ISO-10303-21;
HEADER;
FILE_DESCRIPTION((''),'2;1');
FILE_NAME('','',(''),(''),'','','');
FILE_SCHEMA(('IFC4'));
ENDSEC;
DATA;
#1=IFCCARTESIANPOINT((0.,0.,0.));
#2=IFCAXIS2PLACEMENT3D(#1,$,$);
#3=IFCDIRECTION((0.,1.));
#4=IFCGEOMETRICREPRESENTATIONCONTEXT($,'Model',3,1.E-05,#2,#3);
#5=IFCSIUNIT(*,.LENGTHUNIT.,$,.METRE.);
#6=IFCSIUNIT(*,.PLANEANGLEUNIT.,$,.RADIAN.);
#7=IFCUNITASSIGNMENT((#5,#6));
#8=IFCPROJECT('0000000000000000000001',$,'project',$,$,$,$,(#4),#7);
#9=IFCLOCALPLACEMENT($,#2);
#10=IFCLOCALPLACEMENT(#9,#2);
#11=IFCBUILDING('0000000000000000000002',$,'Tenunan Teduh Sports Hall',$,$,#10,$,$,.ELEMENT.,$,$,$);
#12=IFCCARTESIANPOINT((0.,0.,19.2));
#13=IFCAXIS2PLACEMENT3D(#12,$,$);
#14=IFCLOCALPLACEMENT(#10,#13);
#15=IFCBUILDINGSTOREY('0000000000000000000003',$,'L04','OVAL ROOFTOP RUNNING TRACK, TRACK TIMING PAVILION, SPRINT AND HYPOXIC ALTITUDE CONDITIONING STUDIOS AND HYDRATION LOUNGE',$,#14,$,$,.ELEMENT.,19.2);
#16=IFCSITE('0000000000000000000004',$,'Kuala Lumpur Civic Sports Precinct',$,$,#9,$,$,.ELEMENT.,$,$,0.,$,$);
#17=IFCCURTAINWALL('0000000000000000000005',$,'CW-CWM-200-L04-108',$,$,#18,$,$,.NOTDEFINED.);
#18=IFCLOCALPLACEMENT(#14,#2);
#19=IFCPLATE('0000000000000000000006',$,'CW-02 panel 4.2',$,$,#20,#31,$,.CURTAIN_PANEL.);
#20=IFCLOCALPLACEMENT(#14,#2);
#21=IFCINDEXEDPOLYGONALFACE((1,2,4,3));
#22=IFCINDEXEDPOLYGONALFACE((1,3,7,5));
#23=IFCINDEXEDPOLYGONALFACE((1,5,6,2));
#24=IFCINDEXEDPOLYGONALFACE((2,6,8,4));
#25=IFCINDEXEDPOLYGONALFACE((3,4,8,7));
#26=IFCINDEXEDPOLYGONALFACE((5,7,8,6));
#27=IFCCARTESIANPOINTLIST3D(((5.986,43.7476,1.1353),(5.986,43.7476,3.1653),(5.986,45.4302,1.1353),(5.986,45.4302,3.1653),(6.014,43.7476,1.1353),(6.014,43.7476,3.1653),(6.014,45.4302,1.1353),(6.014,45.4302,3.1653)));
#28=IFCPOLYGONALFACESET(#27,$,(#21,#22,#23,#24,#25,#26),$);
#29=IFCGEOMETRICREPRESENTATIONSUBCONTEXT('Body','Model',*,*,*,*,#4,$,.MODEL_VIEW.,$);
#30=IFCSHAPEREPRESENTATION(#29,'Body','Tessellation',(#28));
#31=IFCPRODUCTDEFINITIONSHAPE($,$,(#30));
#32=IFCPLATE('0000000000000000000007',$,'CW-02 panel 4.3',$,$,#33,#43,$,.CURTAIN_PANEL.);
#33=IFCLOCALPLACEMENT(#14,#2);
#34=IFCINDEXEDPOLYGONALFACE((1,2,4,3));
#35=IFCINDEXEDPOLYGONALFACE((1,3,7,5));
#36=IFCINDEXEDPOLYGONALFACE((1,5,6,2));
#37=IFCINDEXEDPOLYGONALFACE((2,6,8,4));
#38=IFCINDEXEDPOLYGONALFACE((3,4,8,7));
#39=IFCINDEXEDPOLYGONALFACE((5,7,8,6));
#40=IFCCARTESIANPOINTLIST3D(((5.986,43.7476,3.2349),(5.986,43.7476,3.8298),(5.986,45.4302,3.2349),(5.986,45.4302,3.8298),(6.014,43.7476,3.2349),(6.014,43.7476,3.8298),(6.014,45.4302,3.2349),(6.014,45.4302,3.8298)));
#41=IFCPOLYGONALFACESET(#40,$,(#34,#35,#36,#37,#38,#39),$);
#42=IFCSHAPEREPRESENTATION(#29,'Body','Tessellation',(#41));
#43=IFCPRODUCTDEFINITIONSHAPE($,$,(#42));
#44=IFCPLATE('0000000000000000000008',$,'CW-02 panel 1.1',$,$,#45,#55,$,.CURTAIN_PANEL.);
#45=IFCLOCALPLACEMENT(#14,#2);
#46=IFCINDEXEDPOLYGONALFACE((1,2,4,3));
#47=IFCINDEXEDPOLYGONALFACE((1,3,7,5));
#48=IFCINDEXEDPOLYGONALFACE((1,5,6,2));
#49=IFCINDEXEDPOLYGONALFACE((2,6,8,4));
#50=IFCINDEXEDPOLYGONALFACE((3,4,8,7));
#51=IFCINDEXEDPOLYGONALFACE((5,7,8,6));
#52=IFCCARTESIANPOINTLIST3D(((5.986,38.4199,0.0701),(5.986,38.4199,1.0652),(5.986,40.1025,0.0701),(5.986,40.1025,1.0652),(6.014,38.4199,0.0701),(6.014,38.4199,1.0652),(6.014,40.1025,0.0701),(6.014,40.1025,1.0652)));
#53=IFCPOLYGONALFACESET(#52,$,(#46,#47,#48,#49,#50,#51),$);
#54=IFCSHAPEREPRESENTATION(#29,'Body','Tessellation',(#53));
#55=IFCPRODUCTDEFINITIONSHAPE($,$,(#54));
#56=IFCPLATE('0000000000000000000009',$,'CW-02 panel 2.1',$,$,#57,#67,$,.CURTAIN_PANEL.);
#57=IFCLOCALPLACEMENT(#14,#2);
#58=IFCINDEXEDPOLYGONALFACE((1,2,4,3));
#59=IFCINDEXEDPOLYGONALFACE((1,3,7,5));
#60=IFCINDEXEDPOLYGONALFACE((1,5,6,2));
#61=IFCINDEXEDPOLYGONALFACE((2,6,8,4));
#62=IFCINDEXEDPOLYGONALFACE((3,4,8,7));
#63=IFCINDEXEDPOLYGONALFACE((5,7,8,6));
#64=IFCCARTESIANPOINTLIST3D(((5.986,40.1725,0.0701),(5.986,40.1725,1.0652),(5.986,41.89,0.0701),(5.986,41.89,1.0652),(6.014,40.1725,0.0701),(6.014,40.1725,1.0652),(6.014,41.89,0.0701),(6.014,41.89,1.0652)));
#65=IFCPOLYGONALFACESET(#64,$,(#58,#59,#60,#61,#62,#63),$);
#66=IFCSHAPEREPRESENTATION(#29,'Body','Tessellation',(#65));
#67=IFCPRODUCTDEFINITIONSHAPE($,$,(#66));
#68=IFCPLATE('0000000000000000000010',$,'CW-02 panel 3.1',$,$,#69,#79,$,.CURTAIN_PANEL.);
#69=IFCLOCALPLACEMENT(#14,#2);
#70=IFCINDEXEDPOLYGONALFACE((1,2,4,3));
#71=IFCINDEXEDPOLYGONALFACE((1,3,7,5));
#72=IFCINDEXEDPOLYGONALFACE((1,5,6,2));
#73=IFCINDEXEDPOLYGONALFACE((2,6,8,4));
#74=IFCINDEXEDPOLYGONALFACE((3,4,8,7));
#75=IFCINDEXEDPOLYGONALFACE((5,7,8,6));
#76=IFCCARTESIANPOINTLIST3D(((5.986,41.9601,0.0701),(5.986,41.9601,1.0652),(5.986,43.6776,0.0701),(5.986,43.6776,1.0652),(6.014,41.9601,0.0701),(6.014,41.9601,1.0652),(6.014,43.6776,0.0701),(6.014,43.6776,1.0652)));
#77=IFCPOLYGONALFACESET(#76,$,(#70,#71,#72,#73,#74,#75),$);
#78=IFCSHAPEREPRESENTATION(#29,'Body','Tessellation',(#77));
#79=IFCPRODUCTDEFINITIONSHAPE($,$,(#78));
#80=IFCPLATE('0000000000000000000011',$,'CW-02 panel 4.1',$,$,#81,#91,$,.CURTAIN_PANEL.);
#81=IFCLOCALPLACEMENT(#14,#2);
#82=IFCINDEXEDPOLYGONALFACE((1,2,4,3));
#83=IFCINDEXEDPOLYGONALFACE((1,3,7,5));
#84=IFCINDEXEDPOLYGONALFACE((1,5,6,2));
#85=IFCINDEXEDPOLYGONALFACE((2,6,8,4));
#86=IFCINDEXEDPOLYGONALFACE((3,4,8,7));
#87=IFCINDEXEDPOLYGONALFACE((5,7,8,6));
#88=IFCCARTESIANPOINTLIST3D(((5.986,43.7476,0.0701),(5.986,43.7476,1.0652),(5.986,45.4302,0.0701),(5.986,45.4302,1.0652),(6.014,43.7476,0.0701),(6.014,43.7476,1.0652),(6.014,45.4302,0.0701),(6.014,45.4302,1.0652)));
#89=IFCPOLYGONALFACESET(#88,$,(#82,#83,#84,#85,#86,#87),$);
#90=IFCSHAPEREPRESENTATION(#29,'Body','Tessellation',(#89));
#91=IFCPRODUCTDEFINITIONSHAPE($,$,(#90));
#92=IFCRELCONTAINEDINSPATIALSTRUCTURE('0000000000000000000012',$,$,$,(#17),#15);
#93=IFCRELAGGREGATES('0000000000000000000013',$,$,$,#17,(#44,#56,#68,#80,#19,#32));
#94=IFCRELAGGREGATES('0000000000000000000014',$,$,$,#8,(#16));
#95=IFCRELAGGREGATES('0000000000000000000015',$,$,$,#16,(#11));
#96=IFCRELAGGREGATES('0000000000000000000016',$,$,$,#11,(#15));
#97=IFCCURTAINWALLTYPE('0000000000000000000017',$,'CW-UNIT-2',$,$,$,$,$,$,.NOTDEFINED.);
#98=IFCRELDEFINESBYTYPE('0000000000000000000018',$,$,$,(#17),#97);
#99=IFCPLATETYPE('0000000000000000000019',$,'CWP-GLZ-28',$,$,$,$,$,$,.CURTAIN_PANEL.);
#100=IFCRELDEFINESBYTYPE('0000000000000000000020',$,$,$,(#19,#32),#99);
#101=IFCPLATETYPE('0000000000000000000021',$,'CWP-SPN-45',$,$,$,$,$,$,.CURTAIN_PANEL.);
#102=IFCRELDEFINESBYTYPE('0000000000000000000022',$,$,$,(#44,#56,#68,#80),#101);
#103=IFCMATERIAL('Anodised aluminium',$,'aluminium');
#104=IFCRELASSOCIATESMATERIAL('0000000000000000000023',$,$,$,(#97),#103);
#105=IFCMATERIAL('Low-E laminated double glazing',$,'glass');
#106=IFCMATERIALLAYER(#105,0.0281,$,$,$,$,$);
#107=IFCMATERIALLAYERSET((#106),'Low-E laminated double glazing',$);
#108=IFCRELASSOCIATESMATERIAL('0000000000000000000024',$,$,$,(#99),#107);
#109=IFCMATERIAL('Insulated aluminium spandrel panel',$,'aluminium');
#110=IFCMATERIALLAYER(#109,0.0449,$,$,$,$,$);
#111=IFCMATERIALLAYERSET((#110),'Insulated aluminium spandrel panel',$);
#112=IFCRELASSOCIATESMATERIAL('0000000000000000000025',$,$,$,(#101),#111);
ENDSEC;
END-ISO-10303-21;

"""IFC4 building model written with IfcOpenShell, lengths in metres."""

from ifc_helpers import new_model, si_unit, direction, frame, origin, origin_2d, place, context, subcontext, project, spatial, rectangle, extrude, material, layer, layer_set, type_object, element, aggregate, save


model = new_model("IFC4")

# Units and contexts
model_context = context("Model", 3, precision=1e-05, world=origin(), true_north=direction((0.0, 1.0)))
body_context = subcontext(model_context, "Body", "Model", "MODEL_VIEW")
ifc_project = project(units=[si_unit("LENGTHUNIT", "METRE"), si_unit("PLANEANGLEUNIT", "RADIAN")], contexts=[model_context])

# Site, building, storey
site_placement = place(None, origin())
site = spatial("IfcSite", under=ifc_project, at=site_placement, Name="Kuala Lumpur Civic Sports Precinct", CompositionType="ELEMENT", RefElevation=0.0)
building_placement = place(site_placement, origin())
building = spatial("IfcBuilding", under=site, at=building_placement, Name="Tenunan Teduh Sports Hall", CompositionType="ELEMENT")
storey_placement = place(building_placement, frame((0.0, 0.0, 19.2)))
storey = spatial("IfcBuildingStorey", under=building, at=storey_placement, Name="L04", Description="OVAL ROOFTOP RUNNING TRACK, TRACK TIMING PAVILION, SPRINT AND HYPOXIC ALTITUDE CONDITIONING STUDIOS AND HYDRATION LOUNGE", CompositionType="ELEMENT", Elevation=19.2)

# Curtain wall
ifc_material_1 = material(Name="Anodised aluminium", Category="aluminium")
curtain_wall_type = type_object("IfcCurtainWallType", Name="CW-UNIT-2", PredefinedType="NOTDEFINED", material=ifc_material_1)
curtain_wall_placement = place(storey_placement, origin())
curtain_wall = element("IfcCurtainWall", 1, at=curtain_wall_placement, inside=storey, type_object=curtain_wall_type, Name="CW-CWM-200-L04-108", PredefinedType="NOTDEFINED")

# Plates
ifc_material_2 = material(Name="Low-E laminated double glazing", Category="glass")
ifc_layer_1 = layer(ifc_material_2, 0.0281)
ifc_layer_set_1 = layer_set([ifc_layer_1], Name="Low-E laminated double glazing")
plate_type_1 = type_object("IfcPlateType", Name="CWP-GLZ-28", PredefinedType="CURTAIN_PANEL", material=ifc_layer_set_1)
plate_1_placement = place(storey_placement, frame((6.0, 44.5889, 1.1353), z_axis=(0.0, 0.0, 1.0), x_axis=(0.0, 1.0, 0.0)))
plate_1 = element("IfcPlate", 2, at=plate_1_placement, type_object=plate_type_1, Name="CW-02 panel 4.2", PredefinedType="CURTAIN_PANEL", context=body_context, shape_type="SweptSolid", body=[
    extrude(rectangle(XDim=1.6826, YDim=0.0281, at=origin_2d()), origin(), (0.0, 0.0, 1.0), 2.03),
])
plate_2_placement = place(storey_placement, frame((6.0, 44.5889, 3.2349), z_axis=(0.0, 0.0, 1.0), x_axis=(0.0, 1.0, 0.0)))
plate_2 = element("IfcPlate", 3, at=plate_2_placement, type_object=plate_type_1, Name="CW-02 panel 4.3", PredefinedType="CURTAIN_PANEL", context=body_context, shape_type="SweptSolid", body=[
    extrude(rectangle(XDim=1.6826, YDim=0.0281, at=origin_2d()), origin(), (0.0, 0.0, 1.0), 0.595),
])
ifc_material_3 = material(Name="Insulated aluminium spandrel panel", Category="aluminium")
ifc_layer_2 = layer(ifc_material_3, 0.0449)
ifc_layer_set_2 = layer_set([ifc_layer_2], Name="Insulated aluminium spandrel panel")
plate_type_2 = type_object("IfcPlateType", Name="CWP-SPN-45", PredefinedType="CURTAIN_PANEL", material=ifc_layer_set_2)
plate_3_placement = place(storey_placement, frame((6.0, 39.2612, 0.0701), z_axis=(0.0, 0.0, 1.0), x_axis=(0.0, 1.0, 0.0)))
plate_3 = element("IfcPlate", 4, at=plate_3_placement, type_object=plate_type_2, Name="CW-02 panel 1.1", PredefinedType="CURTAIN_PANEL", context=body_context, shape_type="SweptSolid", body=[
    extrude(rectangle(XDim=1.6826, YDim=0.0281, at=origin_2d()), origin(), (0.0, 0.0, 1.0), 0.9951),
])
plate_4_placement = place(storey_placement, frame((6.0, 41.0312, 0.0701), z_axis=(0.0, 0.0, 1.0), x_axis=(0.0, 1.0, 0.0)))
plate_4 = element("IfcPlate", 5, at=plate_4_placement, type_object=plate_type_2, Name="CW-02 panel 2.1", PredefinedType="CURTAIN_PANEL", context=body_context, shape_type="SweptSolid", body=[
    extrude(rectangle(XDim=1.7175, YDim=0.0281, at=origin_2d()), origin(), (0.0, 0.0, 1.0), 0.9951),
])
plate_5_placement = place(storey_placement, frame((6.0, 42.8188, 0.0701), z_axis=(0.0, 0.0, 1.0), x_axis=(0.0, 1.0, 0.0)))
plate_5 = element("IfcPlate", 6, at=plate_5_placement, type_object=plate_type_2, Name="CW-02 panel 3.1", PredefinedType="CURTAIN_PANEL", context=body_context, shape_type="SweptSolid", body=[
    extrude(rectangle(XDim=1.7175, YDim=0.0281, at=origin_2d()), origin(), (0.0, 0.0, 1.0), 0.9951),
])
plate_6_placement = place(storey_placement, frame((6.0, 44.5889, 0.0701), z_axis=(0.0, 0.0, 1.0), x_axis=(0.0, 1.0, 0.0)))
plate_6 = element("IfcPlate", 7, at=plate_6_placement, type_object=plate_type_2, Name="CW-02 panel 4.1", PredefinedType="CURTAIN_PANEL", context=body_context, shape_type="SweptSolid", body=[
    extrude(rectangle(XDim=1.6826, YDim=0.0281, at=origin_2d()), origin(), (0.0, 0.0, 1.0), 0.9951),
])
aggregate(curtain_wall, [plate_3, plate_4, plate_5, plate_6, plate_1, plate_2])

save(model, "model.ifc")
